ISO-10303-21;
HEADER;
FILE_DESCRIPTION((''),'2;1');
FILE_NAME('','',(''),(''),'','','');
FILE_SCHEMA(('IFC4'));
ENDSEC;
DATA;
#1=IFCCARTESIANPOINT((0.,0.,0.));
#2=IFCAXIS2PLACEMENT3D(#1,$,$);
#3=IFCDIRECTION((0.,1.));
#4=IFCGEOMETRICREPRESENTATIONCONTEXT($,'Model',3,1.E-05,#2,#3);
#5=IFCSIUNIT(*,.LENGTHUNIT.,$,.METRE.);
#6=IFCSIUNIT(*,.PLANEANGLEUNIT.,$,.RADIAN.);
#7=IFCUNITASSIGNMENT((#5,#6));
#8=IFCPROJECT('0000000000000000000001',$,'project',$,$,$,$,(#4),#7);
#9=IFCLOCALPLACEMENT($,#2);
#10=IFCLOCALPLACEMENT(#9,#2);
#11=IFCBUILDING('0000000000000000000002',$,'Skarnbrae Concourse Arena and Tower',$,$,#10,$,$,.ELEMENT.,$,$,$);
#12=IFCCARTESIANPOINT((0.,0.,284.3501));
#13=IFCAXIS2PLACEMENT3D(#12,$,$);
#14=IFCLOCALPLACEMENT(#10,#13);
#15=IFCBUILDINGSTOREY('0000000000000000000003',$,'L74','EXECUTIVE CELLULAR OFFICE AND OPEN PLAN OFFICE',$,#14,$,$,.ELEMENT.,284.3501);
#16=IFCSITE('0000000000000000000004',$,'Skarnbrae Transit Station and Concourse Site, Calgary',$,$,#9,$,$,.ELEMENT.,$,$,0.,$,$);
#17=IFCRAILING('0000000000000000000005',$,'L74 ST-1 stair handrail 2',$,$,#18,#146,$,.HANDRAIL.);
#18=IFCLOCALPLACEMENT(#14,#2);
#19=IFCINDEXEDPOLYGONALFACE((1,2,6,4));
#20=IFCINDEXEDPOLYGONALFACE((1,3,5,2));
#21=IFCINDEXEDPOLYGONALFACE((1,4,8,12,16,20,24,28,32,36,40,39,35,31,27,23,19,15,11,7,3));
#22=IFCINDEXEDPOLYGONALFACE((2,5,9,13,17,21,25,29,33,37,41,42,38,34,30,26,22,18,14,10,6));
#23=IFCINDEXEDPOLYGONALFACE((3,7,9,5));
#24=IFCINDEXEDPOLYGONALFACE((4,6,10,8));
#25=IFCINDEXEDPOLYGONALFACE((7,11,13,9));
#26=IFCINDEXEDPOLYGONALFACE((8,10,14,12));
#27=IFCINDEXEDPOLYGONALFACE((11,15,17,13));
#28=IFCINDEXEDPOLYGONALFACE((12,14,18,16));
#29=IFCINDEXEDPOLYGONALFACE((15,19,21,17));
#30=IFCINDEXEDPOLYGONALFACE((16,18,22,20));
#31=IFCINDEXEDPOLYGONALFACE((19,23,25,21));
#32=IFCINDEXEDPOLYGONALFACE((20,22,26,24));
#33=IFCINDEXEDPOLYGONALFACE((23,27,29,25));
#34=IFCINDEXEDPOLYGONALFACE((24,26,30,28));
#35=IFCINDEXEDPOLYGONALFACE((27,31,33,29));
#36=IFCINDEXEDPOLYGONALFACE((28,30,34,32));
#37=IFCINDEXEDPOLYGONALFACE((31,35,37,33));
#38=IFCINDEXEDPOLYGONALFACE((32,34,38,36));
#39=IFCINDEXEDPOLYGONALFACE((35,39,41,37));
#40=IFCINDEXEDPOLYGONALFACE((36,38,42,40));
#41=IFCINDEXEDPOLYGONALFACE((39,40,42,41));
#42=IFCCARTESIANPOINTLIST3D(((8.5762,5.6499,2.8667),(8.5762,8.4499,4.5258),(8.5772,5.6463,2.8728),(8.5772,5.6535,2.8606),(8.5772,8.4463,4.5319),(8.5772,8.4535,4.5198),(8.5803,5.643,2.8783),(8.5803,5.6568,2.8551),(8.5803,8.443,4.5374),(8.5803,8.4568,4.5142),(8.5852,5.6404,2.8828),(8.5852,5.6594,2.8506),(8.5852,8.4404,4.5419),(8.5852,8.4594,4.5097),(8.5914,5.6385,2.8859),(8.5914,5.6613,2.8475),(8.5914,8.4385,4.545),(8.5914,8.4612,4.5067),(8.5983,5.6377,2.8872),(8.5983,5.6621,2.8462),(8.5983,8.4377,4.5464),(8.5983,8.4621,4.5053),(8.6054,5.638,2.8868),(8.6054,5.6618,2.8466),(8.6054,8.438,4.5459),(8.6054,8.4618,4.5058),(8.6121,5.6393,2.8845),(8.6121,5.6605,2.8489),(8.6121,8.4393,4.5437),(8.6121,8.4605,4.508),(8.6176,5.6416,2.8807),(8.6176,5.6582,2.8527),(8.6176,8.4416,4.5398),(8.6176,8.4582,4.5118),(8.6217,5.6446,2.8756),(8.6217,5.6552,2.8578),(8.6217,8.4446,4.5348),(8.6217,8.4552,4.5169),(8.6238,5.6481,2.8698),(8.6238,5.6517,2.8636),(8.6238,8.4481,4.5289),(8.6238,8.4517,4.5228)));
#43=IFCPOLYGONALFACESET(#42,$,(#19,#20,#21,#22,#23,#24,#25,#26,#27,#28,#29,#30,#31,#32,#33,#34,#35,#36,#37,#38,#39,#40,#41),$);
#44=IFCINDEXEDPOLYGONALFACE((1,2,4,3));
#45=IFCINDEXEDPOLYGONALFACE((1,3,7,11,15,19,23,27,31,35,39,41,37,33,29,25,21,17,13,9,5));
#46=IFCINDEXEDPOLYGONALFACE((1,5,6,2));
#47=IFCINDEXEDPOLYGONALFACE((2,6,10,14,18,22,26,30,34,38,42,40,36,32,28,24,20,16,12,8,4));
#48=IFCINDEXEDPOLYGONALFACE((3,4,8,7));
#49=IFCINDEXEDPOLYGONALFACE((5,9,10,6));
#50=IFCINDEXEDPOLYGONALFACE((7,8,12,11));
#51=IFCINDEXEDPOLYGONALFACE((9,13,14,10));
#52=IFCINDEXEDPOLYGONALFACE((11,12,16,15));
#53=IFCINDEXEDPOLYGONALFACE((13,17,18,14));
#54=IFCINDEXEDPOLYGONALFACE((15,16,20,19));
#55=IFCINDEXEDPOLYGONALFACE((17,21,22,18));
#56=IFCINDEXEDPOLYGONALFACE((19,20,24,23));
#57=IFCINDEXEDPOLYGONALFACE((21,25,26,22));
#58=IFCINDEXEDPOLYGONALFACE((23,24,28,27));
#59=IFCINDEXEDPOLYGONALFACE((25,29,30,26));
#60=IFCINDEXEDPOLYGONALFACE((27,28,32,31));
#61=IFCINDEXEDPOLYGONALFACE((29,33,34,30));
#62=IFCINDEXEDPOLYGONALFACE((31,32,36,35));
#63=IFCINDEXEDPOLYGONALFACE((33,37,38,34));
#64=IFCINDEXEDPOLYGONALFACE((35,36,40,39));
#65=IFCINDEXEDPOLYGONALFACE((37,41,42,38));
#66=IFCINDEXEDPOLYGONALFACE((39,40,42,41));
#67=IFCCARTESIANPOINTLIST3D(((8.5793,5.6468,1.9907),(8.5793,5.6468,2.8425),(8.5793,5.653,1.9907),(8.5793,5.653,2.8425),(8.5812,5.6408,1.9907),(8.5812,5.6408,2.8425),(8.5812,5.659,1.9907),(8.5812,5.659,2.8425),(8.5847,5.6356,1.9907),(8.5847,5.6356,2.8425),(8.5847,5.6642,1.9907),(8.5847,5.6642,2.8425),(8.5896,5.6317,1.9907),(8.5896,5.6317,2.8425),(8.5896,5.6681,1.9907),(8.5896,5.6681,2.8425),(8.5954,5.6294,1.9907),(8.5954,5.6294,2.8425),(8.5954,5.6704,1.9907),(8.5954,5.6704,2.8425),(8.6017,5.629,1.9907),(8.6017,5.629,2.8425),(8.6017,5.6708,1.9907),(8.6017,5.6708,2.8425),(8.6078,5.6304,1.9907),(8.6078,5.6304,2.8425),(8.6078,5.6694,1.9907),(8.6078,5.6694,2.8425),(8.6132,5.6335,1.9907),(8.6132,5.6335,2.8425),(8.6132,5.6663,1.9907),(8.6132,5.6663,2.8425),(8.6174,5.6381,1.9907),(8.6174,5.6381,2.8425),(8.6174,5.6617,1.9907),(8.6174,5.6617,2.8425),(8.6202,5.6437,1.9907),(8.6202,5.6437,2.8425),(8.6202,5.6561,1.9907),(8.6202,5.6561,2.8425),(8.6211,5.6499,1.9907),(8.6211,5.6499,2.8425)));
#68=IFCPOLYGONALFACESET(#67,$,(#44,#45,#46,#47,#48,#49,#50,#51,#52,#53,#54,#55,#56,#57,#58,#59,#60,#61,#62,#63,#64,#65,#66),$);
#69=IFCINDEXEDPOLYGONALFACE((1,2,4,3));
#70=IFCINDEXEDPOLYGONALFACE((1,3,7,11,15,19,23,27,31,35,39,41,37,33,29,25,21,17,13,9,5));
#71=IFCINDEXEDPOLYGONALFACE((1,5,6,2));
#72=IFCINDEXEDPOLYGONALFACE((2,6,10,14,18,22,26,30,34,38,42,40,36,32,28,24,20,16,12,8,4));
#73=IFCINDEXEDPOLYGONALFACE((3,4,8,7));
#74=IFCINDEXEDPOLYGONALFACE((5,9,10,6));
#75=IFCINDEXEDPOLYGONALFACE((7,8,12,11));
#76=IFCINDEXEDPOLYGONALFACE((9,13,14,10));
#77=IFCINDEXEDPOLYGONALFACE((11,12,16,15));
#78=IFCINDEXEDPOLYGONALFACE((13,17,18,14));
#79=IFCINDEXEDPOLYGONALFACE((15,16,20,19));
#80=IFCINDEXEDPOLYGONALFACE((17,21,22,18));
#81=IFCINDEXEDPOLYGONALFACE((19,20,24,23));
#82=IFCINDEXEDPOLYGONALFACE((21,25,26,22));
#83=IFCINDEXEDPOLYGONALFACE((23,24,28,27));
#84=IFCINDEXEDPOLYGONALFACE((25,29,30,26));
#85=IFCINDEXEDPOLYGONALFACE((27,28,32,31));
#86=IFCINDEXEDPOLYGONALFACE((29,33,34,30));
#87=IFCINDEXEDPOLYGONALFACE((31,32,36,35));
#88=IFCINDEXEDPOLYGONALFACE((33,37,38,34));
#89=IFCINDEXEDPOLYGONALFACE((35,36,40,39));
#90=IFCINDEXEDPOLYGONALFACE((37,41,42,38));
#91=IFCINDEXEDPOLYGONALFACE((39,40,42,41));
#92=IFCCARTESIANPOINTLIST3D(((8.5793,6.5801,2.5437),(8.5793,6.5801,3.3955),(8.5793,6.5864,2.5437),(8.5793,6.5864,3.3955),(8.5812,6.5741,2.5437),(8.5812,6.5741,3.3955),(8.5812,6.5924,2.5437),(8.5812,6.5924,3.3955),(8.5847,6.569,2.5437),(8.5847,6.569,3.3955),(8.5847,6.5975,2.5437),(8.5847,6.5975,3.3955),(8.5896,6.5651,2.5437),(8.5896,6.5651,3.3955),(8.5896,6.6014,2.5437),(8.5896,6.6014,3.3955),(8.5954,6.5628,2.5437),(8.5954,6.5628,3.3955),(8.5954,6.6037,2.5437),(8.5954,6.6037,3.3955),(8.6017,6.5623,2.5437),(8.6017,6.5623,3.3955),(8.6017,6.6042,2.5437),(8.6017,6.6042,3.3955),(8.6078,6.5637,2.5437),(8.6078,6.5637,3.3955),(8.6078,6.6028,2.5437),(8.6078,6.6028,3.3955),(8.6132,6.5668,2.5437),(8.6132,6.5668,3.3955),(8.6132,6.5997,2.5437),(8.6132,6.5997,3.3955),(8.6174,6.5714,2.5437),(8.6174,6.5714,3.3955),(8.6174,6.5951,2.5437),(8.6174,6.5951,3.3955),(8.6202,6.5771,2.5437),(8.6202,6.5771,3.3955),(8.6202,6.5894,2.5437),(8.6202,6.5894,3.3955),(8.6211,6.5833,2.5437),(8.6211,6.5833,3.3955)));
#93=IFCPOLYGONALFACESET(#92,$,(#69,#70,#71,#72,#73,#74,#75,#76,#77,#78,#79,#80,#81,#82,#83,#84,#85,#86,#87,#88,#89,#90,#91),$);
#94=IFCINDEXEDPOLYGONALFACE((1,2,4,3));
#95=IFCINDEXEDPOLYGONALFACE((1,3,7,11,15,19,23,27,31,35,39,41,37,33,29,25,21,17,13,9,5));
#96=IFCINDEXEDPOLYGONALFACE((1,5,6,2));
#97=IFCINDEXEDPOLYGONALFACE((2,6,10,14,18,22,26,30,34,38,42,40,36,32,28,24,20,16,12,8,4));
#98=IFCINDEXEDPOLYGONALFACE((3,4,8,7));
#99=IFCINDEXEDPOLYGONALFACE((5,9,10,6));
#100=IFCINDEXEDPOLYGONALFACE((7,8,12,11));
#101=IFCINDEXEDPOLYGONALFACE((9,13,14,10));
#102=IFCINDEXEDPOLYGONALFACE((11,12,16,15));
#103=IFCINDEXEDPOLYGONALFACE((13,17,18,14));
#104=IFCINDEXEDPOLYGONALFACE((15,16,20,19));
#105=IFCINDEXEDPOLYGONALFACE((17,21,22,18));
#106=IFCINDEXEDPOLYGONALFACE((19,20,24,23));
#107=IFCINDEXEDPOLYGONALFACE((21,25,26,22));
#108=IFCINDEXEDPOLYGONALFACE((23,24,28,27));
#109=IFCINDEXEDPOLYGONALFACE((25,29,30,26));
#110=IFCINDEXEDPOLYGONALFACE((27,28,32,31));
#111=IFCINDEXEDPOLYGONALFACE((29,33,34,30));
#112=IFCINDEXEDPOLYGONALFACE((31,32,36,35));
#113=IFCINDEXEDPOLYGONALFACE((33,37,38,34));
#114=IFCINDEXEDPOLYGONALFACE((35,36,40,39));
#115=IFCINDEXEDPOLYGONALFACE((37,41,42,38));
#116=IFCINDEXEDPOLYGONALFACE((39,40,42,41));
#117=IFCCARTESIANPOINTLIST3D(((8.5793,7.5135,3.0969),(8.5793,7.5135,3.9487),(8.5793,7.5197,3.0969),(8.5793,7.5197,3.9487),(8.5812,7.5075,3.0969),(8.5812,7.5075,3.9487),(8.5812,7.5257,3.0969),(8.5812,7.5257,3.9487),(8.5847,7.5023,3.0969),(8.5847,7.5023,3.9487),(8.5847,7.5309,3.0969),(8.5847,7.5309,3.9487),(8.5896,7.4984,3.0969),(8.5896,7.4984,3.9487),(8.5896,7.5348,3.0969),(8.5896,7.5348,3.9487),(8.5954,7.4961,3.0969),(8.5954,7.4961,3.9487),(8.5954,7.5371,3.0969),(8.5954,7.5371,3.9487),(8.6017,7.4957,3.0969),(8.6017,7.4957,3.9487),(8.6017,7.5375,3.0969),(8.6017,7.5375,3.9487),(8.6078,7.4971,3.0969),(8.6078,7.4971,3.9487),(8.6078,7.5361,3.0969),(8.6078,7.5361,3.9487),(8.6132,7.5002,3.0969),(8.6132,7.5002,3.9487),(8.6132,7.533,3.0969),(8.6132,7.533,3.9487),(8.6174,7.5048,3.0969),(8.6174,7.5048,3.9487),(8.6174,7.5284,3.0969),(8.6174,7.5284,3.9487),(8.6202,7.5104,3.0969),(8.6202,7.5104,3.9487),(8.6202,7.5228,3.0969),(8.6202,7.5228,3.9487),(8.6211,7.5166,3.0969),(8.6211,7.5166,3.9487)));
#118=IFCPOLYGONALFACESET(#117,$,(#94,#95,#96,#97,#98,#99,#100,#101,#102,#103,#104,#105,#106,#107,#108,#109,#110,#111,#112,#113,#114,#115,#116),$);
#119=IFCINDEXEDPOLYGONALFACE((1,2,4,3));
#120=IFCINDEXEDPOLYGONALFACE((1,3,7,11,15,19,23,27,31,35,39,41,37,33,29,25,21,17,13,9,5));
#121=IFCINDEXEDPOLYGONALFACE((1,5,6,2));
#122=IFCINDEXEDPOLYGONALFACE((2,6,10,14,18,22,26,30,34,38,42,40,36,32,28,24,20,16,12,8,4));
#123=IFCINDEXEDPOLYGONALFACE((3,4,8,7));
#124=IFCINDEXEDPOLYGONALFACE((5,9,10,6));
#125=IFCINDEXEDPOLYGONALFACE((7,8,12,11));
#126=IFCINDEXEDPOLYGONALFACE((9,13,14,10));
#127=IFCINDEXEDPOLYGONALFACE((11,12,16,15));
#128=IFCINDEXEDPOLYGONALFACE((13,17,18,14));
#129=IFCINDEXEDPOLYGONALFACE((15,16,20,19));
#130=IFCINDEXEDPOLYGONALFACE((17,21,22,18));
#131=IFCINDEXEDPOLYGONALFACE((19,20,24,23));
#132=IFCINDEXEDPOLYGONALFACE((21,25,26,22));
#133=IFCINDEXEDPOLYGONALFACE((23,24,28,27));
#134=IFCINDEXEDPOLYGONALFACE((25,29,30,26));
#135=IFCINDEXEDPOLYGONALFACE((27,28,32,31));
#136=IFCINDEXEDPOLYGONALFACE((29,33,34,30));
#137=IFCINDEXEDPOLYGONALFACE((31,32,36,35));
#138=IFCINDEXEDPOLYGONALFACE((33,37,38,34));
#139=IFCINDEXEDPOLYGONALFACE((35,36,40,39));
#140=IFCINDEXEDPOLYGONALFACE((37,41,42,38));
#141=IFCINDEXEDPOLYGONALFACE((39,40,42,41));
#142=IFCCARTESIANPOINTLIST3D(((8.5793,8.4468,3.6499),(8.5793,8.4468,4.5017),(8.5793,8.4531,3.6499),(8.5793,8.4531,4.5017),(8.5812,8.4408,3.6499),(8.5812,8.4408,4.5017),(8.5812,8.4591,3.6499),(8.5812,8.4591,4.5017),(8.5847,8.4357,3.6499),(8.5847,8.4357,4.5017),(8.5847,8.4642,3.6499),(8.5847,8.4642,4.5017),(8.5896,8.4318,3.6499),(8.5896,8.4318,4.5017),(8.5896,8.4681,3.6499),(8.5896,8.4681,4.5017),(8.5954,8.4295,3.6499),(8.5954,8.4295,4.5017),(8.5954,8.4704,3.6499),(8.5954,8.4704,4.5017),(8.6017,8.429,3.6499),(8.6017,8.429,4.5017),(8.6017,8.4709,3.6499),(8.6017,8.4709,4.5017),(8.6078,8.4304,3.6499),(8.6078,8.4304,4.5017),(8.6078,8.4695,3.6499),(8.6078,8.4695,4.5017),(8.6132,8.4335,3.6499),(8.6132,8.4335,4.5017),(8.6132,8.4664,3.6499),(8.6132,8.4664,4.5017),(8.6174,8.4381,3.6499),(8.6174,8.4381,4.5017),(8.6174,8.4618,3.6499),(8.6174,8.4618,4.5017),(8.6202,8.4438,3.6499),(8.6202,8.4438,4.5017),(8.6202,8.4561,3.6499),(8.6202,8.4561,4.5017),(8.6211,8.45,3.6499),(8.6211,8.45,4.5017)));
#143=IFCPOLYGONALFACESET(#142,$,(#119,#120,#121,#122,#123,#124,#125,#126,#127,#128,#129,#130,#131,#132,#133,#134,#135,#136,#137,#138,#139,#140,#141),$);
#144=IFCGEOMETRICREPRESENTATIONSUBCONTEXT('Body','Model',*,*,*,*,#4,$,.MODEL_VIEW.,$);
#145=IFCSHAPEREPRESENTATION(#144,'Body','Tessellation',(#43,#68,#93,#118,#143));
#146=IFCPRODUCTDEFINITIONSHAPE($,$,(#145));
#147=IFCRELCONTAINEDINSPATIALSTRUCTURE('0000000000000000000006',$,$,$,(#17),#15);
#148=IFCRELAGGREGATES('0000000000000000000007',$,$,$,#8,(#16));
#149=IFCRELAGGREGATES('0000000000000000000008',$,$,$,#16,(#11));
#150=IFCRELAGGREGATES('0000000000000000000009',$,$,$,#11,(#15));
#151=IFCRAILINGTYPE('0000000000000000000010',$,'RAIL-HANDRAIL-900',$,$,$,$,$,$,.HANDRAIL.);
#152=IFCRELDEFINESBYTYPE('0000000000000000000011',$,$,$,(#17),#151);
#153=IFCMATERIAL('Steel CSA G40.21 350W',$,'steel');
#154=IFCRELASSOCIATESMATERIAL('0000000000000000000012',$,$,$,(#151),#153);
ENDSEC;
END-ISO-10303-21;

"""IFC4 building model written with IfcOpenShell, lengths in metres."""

from ifc_helpers import new_model, si_unit, direction, frame, origin, origin_2d, place, context, subcontext, project, spatial, circle, extrude, material, type_object, element, save


model = new_model("IFC4")

# Units and contexts
model_context = context("Model", 3, precision=1e-05, world=origin(), true_north=direction((0.0, 1.0)))
body_context = subcontext(model_context, "Body", "Model", "MODEL_VIEW")
ifc_project = project(units=[si_unit("LENGTHUNIT", "METRE"), si_unit("PLANEANGLEUNIT", "RADIAN")], contexts=[model_context])

# Site, building, storey
site_placement = place(None, origin())
site = spatial("IfcSite", under=ifc_project, at=site_placement, Name="Skarnbrae Transit Station and Concourse Site, Calgary", CompositionType="ELEMENT", RefElevation=0.0)
building_placement = place(site_placement, origin())
building = spatial("IfcBuilding", under=site, at=building_placement, Name="Skarnbrae Concourse Arena and Tower", CompositionType="ELEMENT")
storey_placement = place(building_placement, frame((0.0, 0.0, 284.3501)))
storey = spatial("IfcBuildingStorey", under=building, at=storey_placement, Name="L74", Description="EXECUTIVE CELLULAR OFFICE AND OPEN PLAN OFFICE", CompositionType="ELEMENT", Elevation=284.3501)

# Shared definitions
ifc_material_1 = material(Name="Steel CSA G40.21 350W", Category="steel")

# Railing
railing_type_1 = type_object("IfcRailingType", Name="RAIL-HANDRAIL-900", PredefinedType="HANDRAIL", material=ifc_material_1)
railing_1_placement = place(storey_placement, frame((8.6001, 5.6499, 1.9907)))
element("IfcRailing", 1, at=railing_1_placement, inside=storey, type_object=railing_type_1, Name="L74 ST-1 stair handrail 2", PredefinedType="HANDRAIL", context=body_context, shape_type="SweptSolid", body=[
    extrude(circle(Radius=0.0239, at=origin_2d()), frame((0.0, 0.0, 0.876), z_axis=(0.0, 0.860306, 0.509778), x_axis=(-1.0, 0.0, 0.0)), (0.0, 0.0, 1.0), 3.2546),
    extrude(circle(Radius=0.021, at=origin_2d()), origin(), (0.0, 0.0, 1.0), 0.8518),
    extrude(circle(Radius=0.021, at=origin_2d()), frame((0.0, 0.9333, 0.553)), (0.0, 0.0, 1.0), 0.8518),
    extrude(circle(Radius=0.021, at=origin_2d()), frame((0.0, 1.8667, 1.1062)), (0.0, 0.0, 1.0), 0.8518),
    extrude(circle(Radius=0.021, at=origin_2d()), frame((0.0, 2.8, 1.6592)), (0.0, 0.0, 1.0), 0.8518),
])

save(model, "model.ifc")
